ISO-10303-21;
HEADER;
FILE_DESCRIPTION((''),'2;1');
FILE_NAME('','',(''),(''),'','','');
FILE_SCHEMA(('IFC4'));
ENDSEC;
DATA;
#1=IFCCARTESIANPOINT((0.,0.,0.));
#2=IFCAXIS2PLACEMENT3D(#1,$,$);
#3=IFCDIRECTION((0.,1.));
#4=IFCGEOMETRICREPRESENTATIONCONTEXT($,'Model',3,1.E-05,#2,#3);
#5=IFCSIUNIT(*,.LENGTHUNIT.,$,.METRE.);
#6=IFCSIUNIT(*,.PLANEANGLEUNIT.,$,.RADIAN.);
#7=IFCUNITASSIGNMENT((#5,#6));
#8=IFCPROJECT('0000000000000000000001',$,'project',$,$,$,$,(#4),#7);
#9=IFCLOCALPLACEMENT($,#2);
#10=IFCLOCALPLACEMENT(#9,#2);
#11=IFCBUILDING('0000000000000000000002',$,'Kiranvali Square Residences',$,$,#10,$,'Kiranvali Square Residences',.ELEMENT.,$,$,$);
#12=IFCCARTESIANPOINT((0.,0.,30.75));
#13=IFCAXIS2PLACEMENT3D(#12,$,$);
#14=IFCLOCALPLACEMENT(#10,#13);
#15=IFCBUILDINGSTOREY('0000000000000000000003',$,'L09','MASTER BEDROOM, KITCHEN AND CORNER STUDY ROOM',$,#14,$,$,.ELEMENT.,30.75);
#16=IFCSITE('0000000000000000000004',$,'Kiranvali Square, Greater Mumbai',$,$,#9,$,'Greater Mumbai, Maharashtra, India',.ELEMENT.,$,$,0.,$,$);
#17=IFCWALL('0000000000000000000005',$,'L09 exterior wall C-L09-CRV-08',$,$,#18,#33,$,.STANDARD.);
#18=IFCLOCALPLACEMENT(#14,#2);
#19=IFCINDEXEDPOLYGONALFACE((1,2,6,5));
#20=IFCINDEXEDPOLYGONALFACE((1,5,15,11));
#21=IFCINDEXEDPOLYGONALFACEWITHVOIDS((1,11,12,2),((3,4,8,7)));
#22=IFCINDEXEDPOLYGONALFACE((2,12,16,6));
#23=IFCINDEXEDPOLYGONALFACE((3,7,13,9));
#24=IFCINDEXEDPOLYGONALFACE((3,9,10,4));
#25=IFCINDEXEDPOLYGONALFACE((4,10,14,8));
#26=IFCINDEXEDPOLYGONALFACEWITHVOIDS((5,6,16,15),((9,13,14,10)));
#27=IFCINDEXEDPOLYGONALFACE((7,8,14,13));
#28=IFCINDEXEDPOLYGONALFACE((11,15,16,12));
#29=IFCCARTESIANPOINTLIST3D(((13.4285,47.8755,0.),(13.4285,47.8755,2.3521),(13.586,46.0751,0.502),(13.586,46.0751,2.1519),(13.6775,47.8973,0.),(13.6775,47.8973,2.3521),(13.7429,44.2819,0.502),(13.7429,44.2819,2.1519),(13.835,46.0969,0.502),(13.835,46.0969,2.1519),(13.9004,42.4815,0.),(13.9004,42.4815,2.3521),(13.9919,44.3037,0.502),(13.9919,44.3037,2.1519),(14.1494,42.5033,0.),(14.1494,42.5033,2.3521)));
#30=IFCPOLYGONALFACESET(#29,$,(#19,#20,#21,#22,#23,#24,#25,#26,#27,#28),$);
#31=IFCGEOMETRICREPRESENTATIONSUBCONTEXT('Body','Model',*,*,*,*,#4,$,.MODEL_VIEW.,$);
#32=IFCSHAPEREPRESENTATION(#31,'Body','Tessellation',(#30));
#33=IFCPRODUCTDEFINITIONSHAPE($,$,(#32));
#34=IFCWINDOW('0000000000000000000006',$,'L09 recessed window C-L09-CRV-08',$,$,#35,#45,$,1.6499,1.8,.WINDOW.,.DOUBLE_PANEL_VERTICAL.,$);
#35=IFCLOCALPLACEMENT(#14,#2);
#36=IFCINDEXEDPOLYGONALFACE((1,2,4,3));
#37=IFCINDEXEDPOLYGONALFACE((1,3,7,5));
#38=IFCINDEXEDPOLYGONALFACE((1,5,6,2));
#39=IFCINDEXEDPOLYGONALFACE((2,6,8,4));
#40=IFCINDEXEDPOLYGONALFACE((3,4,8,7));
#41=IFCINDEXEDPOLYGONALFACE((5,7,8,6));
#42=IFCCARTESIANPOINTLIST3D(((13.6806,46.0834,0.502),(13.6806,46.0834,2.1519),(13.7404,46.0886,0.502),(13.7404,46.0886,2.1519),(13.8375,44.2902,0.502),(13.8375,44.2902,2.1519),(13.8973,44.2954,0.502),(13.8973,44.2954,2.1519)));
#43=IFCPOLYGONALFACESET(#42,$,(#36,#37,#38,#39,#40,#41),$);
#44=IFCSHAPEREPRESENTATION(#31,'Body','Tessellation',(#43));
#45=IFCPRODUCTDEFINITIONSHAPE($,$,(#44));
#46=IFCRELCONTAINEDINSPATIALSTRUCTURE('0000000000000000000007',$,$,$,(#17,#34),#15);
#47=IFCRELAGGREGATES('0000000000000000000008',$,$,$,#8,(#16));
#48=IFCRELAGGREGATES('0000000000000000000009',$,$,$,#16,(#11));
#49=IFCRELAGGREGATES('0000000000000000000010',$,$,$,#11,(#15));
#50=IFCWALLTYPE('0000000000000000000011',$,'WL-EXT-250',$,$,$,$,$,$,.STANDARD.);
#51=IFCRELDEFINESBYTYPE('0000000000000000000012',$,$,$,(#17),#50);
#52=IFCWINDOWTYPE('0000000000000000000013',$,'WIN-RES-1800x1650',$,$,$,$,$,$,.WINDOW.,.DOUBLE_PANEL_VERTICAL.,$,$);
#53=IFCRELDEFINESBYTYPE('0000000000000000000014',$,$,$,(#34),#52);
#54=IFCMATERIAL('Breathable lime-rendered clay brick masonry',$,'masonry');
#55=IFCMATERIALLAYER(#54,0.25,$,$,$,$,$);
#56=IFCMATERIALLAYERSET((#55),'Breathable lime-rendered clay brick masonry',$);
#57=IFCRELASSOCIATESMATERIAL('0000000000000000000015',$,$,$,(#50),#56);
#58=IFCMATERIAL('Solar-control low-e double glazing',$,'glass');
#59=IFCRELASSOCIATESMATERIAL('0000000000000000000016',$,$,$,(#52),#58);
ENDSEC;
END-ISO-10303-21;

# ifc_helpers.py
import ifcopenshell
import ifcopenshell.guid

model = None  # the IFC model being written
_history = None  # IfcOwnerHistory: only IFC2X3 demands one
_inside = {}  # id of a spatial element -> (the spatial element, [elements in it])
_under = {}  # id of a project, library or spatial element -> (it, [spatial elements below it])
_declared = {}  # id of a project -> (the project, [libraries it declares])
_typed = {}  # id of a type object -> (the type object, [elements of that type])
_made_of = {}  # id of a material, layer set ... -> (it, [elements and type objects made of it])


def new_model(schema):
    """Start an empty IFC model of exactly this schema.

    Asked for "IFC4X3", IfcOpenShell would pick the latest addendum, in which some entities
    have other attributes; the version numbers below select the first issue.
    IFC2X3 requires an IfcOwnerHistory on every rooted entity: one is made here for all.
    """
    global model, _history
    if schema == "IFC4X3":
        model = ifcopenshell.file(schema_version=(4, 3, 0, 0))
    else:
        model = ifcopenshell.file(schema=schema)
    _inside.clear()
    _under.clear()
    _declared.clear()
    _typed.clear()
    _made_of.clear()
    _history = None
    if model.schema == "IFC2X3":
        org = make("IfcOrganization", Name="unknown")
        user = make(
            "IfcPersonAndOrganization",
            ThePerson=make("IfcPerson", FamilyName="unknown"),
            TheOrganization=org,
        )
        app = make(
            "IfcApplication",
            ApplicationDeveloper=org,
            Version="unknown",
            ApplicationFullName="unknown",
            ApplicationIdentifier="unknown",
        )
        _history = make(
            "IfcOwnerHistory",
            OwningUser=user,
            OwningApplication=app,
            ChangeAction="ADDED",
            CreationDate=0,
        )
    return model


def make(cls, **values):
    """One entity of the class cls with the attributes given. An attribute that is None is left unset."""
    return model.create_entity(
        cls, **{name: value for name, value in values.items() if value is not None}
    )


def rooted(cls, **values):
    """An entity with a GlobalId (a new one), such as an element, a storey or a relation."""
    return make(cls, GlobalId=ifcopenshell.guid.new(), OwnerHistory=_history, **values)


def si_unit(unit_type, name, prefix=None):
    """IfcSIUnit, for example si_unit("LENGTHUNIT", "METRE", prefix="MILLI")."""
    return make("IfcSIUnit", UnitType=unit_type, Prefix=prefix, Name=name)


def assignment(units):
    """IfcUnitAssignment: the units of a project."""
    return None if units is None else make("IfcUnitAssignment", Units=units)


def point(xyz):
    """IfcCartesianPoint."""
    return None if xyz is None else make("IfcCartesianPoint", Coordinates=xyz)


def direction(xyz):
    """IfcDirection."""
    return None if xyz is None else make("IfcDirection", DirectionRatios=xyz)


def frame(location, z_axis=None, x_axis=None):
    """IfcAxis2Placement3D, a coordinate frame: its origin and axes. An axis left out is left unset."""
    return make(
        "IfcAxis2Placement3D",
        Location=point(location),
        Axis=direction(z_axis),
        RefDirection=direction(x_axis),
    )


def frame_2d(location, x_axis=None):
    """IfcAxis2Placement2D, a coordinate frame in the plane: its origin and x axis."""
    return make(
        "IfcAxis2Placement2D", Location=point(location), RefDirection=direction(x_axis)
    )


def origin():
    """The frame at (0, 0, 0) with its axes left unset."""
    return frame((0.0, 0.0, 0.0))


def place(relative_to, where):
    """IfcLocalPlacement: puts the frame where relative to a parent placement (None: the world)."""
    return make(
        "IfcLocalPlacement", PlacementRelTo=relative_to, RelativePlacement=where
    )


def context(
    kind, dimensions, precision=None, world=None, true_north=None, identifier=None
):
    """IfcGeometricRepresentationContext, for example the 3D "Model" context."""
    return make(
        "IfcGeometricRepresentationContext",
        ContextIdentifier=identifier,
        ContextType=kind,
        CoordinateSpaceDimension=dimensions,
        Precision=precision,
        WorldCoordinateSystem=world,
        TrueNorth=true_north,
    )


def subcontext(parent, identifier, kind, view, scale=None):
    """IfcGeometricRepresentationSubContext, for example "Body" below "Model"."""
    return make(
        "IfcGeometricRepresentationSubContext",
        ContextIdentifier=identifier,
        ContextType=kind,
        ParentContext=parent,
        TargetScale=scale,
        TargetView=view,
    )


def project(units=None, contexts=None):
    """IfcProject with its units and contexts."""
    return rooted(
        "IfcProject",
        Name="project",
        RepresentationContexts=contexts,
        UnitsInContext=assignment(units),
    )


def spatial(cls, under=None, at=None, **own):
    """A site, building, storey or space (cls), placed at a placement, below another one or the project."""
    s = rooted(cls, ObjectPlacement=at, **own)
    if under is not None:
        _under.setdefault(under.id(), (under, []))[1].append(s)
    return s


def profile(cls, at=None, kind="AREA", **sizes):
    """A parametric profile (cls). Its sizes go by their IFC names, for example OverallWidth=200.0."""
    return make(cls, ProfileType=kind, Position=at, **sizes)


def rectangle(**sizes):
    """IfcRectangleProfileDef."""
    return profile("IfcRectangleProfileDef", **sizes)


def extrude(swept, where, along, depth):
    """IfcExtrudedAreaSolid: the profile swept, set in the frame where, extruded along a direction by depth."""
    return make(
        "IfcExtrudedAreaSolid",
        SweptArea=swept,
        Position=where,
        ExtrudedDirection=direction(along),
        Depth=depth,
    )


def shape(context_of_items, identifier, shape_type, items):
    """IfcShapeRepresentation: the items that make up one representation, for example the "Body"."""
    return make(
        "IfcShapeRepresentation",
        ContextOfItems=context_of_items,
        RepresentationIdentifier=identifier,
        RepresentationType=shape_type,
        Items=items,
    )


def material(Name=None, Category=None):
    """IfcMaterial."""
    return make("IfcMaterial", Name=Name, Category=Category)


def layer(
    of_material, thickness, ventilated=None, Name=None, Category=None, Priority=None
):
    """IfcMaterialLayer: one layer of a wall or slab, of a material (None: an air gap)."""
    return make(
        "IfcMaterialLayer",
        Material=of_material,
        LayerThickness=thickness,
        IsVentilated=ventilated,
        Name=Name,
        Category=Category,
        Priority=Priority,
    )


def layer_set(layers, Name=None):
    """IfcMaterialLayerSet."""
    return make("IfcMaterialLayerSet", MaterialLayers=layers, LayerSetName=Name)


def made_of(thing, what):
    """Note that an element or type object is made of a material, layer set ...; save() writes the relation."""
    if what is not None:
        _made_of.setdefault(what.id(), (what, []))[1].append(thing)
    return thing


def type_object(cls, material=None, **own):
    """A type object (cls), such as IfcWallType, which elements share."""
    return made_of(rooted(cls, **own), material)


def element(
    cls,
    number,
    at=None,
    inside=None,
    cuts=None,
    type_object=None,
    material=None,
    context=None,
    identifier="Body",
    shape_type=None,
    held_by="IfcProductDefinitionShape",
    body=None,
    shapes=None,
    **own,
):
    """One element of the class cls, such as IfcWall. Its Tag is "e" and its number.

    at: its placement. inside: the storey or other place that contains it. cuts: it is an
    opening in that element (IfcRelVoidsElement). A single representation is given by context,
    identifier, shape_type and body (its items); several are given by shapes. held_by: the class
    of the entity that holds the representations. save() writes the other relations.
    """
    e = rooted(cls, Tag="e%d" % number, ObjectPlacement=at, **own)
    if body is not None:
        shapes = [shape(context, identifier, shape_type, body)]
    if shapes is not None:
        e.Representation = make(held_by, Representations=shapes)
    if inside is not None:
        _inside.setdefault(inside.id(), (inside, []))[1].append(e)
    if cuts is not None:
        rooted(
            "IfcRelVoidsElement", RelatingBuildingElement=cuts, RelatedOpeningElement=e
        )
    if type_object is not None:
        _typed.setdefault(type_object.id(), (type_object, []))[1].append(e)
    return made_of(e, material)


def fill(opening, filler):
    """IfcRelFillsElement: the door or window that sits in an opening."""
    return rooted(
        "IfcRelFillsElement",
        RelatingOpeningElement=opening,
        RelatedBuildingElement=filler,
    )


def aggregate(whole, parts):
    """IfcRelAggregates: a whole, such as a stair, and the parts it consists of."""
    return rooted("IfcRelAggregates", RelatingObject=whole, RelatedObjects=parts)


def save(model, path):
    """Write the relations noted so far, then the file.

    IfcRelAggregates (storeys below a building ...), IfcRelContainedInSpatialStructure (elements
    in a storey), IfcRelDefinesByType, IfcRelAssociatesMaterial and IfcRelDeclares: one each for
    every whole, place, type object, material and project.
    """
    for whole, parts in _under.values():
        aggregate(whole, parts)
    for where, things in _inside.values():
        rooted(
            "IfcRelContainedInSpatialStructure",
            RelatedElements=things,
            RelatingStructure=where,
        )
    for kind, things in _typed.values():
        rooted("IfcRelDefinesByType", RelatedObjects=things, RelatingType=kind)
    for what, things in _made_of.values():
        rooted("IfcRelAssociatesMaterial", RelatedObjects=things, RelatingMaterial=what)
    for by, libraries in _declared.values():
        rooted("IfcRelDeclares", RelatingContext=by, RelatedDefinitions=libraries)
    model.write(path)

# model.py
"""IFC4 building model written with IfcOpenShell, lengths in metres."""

from ifc_helpers import new_model, si_unit, direction, frame, frame_2d, origin, place, context, subcontext, project, spatial, rectangle, extrude, material, layer, layer_set, type_object, element, fill, save


model = new_model("IFC4")

# Units and contexts
model_context = context("Model", 3, precision=1e-05, world=origin(), true_north=direction((0.0, 1.0)))
body_context = subcontext(model_context, "Body", "Model", "MODEL_VIEW")
ifc_project = project(units=[si_unit("LENGTHUNIT", "METRE"), si_unit("PLANEANGLEUNIT", "RADIAN")], contexts=[model_context])

# Site, building, storey
site_placement = place(None, origin())
site = spatial("IfcSite", under=ifc_project, at=site_placement, Name="Kiranvali Square, Greater Mumbai", LongName="Greater Mumbai, Maharashtra, India", CompositionType="ELEMENT", RefElevation=0.0)
building_placement = place(site_placement, origin())
building = spatial("IfcBuilding", under=site, at=building_placement, Name="Kiranvali Square Residences", LongName="Kiranvali Square Residences", CompositionType="ELEMENT")
storey_placement = place(building_placement, frame((0.0, 0.0, 30.75)))
storey = spatial("IfcBuildingStorey", under=building, at=storey_placement, Name="L09", Description="MASTER BEDROOM, KITCHEN AND CORNER STUDY ROOM", CompositionType="ELEMENT", Elevation=30.75)

# Wall, opening, window
ifc_material_1 = material(Name="Breathable lime-rendered clay brick masonry", Category="masonry")
ifc_layer_1 = layer(ifc_material_1, 0.25)
ifc_layer_set_1 = layer_set([ifc_layer_1], Name="Breathable lime-rendered clay brick masonry")
wall_type_1 = type_object("IfcWallType", Name="WL-EXT-250", PredefinedType="STANDARD", material=ifc_layer_set_1)
wall_1_placement = place(storey_placement, frame((14.0249, 42.4924, 0.0), z_axis=(0.0, 0.0, 1.0), x_axis=(-0.087157, 0.996195, 0.0)))
wall_1 = element("IfcWall", 1, at=wall_1_placement, inside=storey, type_object=wall_type_1, Name="L09 exterior wall C-L09-CRV-08", PredefinedType="STANDARD", context=body_context, shape_type="SweptSolid", body=[
    extrude(rectangle(XDim=5.4146, YDim=0.25, at=frame_2d((2.7073, 0.0))), origin(), (0.0, 0.0, 1.0), 2.3521),
])
opening_1_placement = place(wall_1_placement, frame((1.8074, 0.0, 0.502)))
opening_1 = element("IfcOpeningElement", 2, at=opening_1_placement, cuts=wall_1, PredefinedType="OPENING", context=body_context, shape_type="SweptSolid", body=[
    extrude(rectangle(XDim=1.8, YDim=1.6499, at=frame_2d((0.8999, 0.825))), frame((0.0, 0.135, 0.0), z_axis=(0.0, -1.0, 0.0), x_axis=(1.0, 0.0, 0.0)), (0.0, 0.0, 1.0), 0.27),
])
ifc_material_2 = material(Name="Solar-control low-e double glazing", Category="glass")
window_type = type_object("IfcWindowType", Name="WIN-RES-1800x1650", PartitioningType="DOUBLE_PANEL_VERTICAL", PredefinedType="WINDOW", material=ifc_material_2)
window_placement = place(opening_1_placement, origin())
window = element("IfcWindow", 3, at=window_placement, inside=storey, type_object=window_type, Name="L09 recessed window C-L09-CRV-08", OverallHeight=1.6499, OverallWidth=1.8, PartitioningType="DOUBLE_PANEL_VERTICAL", PredefinedType="WINDOW", context=body_context, shape_type="SweptSolid", body=[
    extrude(rectangle(XDim=1.8, YDim=1.6499, at=frame_2d((0.8999, 0.825))), frame((0.0, 0.03, 0.0), z_axis=(0.0, -1.0, 0.0), x_axis=(1.0, 0.0, 0.0)), (0.0, 0.0, 1.0), 0.0601),
])
fill(opening_1, window)

save(model, "model.ifc")
